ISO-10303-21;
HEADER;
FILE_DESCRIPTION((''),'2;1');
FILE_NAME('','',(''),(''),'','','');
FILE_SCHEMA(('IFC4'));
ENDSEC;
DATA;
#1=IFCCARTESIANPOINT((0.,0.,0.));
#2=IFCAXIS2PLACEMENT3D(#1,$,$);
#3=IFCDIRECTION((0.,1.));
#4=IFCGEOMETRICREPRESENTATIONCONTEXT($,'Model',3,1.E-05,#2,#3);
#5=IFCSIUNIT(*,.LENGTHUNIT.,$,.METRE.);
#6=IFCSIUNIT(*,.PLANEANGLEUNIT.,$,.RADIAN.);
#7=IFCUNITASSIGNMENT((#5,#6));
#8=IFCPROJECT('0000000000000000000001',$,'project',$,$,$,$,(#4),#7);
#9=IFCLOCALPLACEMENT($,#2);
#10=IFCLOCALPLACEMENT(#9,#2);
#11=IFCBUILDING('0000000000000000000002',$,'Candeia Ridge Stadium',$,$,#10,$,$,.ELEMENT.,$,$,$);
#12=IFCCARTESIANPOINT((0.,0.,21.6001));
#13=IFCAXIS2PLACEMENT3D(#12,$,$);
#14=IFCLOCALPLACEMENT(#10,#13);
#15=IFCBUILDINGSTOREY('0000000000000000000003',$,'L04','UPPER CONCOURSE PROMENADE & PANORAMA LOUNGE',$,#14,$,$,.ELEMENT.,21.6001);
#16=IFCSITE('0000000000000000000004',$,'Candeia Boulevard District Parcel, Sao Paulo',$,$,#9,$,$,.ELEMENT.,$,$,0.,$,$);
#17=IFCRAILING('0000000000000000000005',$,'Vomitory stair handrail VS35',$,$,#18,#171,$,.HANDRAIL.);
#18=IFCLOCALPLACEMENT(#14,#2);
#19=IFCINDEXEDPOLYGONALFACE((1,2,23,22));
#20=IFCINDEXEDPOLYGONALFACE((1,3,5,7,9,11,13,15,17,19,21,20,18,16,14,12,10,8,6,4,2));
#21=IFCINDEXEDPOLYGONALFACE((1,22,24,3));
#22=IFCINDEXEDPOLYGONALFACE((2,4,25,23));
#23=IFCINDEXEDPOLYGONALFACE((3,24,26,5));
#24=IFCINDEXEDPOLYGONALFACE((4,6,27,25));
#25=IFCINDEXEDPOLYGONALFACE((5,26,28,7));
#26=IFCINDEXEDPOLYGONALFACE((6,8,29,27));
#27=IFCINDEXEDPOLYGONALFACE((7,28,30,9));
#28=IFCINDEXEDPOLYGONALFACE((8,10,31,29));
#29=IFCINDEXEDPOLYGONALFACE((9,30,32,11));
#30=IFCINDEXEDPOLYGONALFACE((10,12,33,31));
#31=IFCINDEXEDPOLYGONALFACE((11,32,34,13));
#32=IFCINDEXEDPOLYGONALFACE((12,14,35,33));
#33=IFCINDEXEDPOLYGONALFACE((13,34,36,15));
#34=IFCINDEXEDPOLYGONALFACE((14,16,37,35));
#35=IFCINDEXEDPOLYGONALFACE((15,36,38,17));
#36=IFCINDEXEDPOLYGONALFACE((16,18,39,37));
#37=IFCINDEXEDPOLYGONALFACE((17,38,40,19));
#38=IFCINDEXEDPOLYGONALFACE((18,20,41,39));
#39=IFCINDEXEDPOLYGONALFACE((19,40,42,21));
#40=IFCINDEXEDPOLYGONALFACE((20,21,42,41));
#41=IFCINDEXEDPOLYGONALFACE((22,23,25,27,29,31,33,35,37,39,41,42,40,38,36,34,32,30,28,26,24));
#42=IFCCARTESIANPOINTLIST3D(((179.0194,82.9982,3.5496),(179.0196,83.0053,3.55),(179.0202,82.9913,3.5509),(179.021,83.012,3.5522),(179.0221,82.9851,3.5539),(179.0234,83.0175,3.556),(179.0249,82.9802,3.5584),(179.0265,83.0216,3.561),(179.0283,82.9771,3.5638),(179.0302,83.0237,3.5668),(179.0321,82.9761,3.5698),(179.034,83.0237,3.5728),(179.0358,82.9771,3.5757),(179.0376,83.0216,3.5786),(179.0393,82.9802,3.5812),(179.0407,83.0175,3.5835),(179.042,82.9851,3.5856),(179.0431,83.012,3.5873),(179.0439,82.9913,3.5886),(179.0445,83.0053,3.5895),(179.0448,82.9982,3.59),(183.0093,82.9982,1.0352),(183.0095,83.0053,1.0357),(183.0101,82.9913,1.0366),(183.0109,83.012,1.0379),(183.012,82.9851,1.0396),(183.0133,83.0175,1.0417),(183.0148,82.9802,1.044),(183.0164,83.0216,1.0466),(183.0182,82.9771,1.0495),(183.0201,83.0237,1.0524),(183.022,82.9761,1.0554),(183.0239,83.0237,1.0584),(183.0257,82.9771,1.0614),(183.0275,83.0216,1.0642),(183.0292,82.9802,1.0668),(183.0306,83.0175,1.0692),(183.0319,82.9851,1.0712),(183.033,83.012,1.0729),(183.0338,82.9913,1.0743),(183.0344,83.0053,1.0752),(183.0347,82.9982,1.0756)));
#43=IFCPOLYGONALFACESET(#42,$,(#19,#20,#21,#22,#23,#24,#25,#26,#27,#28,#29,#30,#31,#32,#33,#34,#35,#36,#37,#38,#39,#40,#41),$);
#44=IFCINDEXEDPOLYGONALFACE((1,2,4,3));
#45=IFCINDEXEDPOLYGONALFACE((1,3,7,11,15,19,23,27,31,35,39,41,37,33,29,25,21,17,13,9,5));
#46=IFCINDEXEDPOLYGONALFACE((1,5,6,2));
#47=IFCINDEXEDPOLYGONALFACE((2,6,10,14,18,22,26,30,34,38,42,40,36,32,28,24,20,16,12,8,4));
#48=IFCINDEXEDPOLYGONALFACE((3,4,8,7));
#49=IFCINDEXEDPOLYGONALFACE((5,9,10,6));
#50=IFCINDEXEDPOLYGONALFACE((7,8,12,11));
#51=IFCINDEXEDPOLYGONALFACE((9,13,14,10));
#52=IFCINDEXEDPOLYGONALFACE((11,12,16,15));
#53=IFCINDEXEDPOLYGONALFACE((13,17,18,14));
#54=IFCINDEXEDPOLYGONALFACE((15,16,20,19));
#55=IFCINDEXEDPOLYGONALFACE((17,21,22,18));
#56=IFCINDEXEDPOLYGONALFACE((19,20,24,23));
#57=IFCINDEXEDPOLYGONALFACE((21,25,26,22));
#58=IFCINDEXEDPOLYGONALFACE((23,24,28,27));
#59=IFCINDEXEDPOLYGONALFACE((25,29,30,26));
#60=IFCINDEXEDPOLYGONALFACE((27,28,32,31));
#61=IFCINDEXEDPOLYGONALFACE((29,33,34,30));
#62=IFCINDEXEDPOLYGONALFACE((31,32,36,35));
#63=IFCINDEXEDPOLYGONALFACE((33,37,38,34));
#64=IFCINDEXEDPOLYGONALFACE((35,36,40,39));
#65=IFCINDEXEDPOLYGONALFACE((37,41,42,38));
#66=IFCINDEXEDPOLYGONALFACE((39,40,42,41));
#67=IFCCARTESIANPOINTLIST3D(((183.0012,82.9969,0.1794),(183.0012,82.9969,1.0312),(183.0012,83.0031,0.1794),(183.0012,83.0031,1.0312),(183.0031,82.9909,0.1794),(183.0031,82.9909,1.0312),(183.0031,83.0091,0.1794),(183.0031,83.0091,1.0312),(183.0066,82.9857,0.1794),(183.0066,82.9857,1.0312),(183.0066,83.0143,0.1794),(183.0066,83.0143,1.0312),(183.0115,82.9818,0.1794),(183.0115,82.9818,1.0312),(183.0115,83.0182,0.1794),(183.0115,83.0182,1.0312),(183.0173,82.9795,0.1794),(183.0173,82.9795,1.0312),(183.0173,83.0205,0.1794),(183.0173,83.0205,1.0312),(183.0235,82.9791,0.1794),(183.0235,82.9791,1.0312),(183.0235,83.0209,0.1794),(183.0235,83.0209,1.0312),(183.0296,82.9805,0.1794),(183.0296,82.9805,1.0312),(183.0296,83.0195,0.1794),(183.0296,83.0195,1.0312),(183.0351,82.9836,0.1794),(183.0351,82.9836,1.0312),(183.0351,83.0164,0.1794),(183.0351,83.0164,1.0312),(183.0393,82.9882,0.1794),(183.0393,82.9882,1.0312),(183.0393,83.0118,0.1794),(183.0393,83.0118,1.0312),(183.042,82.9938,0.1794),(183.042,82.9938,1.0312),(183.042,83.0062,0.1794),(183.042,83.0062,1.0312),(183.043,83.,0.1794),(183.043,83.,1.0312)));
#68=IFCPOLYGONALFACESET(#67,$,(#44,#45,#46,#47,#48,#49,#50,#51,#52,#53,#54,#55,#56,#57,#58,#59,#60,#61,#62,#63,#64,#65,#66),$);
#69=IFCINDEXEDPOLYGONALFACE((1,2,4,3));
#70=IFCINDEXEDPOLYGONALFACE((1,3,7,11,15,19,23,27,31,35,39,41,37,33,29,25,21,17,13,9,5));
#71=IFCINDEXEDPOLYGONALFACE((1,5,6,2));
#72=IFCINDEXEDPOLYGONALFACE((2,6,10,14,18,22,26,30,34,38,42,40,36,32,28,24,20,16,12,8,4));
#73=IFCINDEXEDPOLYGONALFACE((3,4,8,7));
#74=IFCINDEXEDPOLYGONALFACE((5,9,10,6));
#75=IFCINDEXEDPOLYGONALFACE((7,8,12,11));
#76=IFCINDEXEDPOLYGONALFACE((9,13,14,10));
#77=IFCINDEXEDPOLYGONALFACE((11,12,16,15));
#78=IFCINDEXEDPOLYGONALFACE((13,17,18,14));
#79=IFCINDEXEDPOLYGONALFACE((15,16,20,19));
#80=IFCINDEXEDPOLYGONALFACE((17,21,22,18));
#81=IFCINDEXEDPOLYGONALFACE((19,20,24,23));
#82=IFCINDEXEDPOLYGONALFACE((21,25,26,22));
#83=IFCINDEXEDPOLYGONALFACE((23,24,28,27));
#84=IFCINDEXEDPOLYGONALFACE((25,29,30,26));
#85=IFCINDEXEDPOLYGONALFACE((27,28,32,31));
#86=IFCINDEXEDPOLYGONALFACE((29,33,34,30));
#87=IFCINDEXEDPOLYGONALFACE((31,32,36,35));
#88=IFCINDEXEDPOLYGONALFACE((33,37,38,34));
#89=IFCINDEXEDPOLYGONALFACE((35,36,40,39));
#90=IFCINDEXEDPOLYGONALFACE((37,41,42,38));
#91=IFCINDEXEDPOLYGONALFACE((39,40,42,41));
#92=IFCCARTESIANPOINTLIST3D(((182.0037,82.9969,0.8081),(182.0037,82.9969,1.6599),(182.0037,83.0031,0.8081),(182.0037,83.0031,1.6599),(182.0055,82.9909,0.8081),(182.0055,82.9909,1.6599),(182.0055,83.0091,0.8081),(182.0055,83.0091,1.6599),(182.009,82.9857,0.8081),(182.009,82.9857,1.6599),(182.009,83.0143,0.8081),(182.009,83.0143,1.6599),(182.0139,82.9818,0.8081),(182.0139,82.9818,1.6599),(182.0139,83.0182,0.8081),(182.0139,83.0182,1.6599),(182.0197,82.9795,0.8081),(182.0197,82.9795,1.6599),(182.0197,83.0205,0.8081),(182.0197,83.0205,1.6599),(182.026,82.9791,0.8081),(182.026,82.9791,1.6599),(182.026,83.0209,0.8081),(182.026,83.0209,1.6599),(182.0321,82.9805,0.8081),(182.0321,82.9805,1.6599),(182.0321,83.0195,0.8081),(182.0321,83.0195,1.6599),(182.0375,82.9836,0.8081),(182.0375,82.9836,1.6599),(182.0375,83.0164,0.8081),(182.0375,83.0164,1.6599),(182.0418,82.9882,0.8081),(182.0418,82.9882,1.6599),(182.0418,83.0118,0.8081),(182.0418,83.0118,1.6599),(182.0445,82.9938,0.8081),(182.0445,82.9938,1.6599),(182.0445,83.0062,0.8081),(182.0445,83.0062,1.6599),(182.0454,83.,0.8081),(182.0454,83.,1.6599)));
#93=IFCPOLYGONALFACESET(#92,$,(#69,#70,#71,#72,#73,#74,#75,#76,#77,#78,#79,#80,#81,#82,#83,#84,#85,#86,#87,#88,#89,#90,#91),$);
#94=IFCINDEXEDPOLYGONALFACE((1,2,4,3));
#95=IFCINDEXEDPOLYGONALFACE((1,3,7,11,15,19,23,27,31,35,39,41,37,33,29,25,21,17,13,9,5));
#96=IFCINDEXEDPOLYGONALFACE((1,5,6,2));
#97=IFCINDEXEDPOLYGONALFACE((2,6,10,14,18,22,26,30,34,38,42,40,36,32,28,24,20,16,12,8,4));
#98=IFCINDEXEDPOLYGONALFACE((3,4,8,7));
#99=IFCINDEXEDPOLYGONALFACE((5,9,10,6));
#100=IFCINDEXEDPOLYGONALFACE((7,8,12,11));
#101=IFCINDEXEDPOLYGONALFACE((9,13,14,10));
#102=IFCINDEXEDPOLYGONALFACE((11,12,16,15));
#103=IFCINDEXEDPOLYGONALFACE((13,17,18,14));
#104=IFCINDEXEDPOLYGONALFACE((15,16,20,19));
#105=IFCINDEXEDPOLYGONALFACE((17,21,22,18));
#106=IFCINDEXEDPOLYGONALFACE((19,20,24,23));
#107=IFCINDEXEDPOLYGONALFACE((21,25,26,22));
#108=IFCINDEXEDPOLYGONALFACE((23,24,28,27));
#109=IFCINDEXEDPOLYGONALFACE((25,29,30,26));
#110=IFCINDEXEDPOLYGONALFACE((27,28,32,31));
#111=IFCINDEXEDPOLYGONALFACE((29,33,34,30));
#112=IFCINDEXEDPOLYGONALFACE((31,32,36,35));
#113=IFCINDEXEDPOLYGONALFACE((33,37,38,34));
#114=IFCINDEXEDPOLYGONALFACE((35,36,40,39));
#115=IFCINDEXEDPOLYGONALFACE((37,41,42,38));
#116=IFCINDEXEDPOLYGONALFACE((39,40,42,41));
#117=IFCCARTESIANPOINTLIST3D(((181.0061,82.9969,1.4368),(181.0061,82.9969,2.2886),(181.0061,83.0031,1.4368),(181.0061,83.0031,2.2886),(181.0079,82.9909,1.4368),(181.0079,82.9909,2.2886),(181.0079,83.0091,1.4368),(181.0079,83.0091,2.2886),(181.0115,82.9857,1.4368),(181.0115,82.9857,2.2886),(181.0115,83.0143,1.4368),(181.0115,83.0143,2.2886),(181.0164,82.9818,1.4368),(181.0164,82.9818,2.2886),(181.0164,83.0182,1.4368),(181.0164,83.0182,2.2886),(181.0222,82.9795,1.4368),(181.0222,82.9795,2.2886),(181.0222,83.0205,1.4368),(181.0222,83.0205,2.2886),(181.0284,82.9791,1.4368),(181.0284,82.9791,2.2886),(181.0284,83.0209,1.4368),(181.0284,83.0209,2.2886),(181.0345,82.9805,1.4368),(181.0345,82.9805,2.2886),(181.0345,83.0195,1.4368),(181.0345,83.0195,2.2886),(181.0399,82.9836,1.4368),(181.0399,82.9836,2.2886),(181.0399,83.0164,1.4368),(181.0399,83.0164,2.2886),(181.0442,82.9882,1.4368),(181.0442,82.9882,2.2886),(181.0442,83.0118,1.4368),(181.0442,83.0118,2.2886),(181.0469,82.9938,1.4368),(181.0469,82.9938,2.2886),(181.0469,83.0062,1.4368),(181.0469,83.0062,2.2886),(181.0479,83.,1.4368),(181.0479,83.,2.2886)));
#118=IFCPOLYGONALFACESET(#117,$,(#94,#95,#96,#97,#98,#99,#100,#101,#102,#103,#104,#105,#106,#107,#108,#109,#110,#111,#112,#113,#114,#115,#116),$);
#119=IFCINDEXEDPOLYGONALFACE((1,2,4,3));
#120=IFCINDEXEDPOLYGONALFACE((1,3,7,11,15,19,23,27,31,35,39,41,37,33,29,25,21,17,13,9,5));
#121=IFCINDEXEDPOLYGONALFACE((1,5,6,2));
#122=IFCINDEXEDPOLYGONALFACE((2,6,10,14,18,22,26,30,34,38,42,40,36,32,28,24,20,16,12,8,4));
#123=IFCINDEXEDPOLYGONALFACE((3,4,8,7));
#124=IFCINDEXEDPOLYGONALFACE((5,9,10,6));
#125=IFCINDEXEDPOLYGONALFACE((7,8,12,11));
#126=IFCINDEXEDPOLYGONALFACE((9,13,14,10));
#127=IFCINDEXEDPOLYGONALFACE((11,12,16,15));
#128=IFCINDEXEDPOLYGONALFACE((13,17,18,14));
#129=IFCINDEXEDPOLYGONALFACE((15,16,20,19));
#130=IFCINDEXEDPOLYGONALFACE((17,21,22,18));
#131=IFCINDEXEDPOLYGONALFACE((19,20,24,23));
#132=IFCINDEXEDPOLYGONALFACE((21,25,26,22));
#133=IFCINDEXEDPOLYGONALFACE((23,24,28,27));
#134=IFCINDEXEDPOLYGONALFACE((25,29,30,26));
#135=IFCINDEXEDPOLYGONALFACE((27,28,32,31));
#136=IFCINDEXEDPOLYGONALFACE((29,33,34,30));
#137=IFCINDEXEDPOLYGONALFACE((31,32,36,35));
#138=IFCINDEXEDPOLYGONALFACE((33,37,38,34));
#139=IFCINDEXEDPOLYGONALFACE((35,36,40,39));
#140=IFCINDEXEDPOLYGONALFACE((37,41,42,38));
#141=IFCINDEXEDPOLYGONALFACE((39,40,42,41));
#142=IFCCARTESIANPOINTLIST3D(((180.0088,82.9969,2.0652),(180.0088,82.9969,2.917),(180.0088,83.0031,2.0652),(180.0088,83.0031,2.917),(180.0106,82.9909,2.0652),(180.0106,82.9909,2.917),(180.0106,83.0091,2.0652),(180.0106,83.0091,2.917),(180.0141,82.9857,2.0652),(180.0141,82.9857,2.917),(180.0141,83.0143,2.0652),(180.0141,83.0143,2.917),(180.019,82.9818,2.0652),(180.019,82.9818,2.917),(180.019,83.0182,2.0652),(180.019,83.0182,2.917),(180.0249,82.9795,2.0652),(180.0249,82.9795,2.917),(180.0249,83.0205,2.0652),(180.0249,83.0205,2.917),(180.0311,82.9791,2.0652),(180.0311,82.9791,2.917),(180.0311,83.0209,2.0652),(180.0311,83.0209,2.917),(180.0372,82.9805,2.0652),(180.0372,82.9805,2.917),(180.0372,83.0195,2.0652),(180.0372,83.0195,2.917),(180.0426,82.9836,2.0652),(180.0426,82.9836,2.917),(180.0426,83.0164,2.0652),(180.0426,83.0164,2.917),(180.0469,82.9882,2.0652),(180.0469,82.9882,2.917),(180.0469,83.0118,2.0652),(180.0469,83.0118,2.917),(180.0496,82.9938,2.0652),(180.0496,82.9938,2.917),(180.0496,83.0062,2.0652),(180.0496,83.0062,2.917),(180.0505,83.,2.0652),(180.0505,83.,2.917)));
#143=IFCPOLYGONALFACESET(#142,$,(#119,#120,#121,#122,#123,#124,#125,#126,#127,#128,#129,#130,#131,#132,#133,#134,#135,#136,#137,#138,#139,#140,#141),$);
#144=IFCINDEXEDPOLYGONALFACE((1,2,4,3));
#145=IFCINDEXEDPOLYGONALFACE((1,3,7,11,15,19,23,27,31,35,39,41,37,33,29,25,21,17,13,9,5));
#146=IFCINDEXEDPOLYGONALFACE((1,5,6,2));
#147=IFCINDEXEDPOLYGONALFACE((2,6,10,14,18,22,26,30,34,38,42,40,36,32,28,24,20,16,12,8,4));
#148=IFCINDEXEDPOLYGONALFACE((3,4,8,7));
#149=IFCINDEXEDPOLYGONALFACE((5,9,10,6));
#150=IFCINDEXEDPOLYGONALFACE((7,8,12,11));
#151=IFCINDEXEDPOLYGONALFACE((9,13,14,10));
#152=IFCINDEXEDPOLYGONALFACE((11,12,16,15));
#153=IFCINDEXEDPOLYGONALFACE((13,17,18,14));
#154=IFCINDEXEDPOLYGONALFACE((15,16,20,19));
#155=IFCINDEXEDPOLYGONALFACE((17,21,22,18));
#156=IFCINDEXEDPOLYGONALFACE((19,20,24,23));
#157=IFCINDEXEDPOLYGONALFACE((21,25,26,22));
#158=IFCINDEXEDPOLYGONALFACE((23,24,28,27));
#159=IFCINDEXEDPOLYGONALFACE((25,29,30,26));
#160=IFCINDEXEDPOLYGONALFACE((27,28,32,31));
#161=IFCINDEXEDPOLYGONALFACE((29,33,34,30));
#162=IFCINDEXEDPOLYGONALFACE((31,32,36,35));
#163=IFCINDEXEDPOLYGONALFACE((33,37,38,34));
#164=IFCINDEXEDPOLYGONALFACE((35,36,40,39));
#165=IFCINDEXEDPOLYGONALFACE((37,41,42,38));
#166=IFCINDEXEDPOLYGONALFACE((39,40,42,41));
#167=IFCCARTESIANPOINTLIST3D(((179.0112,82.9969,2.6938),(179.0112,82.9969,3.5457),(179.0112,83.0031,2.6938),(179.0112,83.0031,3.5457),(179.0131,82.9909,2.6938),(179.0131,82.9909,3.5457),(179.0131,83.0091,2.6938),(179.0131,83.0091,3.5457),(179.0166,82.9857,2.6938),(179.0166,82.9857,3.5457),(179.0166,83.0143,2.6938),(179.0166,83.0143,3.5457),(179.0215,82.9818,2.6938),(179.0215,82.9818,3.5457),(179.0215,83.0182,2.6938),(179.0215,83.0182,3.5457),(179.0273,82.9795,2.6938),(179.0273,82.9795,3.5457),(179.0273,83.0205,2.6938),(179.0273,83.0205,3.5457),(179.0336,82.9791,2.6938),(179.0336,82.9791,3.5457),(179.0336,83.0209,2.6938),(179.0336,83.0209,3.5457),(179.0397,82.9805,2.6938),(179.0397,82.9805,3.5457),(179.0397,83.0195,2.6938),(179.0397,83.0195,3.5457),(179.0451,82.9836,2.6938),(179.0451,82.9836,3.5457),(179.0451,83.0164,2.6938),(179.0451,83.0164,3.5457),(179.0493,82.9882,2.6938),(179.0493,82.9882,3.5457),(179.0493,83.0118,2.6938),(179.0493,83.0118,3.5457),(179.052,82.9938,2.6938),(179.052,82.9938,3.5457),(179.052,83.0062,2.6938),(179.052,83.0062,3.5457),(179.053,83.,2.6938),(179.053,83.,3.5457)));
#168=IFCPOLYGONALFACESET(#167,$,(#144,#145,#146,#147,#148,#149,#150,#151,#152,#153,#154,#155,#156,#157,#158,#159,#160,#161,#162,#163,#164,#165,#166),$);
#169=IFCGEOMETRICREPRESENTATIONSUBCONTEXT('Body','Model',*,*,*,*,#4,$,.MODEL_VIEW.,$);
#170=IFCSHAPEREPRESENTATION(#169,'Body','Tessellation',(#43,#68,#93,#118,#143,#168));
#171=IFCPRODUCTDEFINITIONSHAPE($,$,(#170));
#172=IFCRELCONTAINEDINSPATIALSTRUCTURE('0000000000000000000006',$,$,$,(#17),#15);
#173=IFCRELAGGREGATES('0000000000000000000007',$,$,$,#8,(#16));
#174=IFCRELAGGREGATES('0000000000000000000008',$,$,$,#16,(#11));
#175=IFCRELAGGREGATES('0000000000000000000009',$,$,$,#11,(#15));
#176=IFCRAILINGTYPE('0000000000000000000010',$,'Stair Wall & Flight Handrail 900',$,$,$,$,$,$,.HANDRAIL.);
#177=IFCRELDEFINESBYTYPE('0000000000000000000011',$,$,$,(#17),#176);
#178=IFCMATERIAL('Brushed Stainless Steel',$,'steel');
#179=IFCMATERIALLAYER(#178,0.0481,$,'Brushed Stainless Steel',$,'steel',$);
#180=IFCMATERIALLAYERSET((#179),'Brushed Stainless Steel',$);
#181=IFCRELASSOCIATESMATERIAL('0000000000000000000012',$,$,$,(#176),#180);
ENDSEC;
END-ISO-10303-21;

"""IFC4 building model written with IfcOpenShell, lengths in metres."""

from ifc_helpers import new_model, si_unit, direction, frame, origin, origin_2d, place, context, subcontext, project, spatial, circle, extrude, material, layer, layer_set, type_object, element, save


model = new_model("IFC4")

# Units and contexts
model_context = context("Model", 3, precision=1e-05, world=origin(), true_north=direction((0.0, 1.0)))
body_context = subcontext(model_context, "Body", "Model", "MODEL_VIEW")
ifc_project = project(units=[si_unit("LENGTHUNIT", "METRE"), si_unit("PLANEANGLEUNIT", "RADIAN")], contexts=[model_context])

# Site, building, storey
site_placement = place(None, origin())
site = spatial("IfcSite", under=ifc_project, at=site_placement, Name="Candeia Boulevard District Parcel, Sao Paulo", CompositionType="ELEMENT", RefElevation=0.0)
building_placement = place(site_placement, origin())
building = spatial("IfcBuilding", under=site, at=building_placement, Name="Candeia Ridge Stadium", CompositionType="ELEMENT")
storey_placement = place(building_placement, frame((0.0, 0.0, 21.6001)))
storey = spatial("IfcBuildingStorey", under=building, at=storey_placement, Name="L04", Description="UPPER CONCOURSE PROMENADE & PANORAMA LOUNGE", CompositionType="ELEMENT", Elevation=21.6001)

# Railing
ifc_material_1 = material(Name="Brushed Stainless Steel", Category="steel")
ifc_layer_1 = layer(ifc_material_1, 0.0481, Name="Brushed Stainless Steel", Category="steel")
ifc_layer_set_1 = layer_set([ifc_layer_1], Name="Brushed Stainless Steel")
railing_type_1 = type_object("IfcRailingType", Name="Stair Wall & Flight Handrail 900", PredefinedType="HANDRAIL", material=ifc_layer_set_1)
railing_1_placement = place(storey_placement, frame((183.022, 83.0, 0.1794)))
element("IfcRailing", 1, at=railing_1_placement, inside=storey, type_object=railing_type_1, Name="Vomitory stair handrail VS35", PredefinedType="HANDRAIL", context=body_context, shape_type="SweptSolid", body=[
    extrude(circle(Radius=0.0239, at=origin_2d()), frame((0.0, 0.0, 0.876), z_axis=(-0.846024, 0.0, 0.533145), x_axis=(0.0, -1.0, 0.0)), (0.0, 0.0, 1.0), 4.7161),
    extrude(circle(Radius=0.021, at=origin_2d()), origin(), (0.0, 0.0, 1.0), 0.8518),
    extrude(circle(Radius=0.021, at=origin_2d()), frame((-0.9976, 0.0, 0.6287)), (0.0, 0.0, 1.0), 0.8518),
    extrude(circle(Radius=0.021, at=origin_2d()), frame((-1.9951, 0.0, 1.2573)), (0.0, 0.0, 1.0), 0.8518),
    extrude(circle(Radius=0.021, at=origin_2d()), frame((-2.9924, 0.0, 1.8857)), (0.0, 0.0, 1.0), 0.8518),
    extrude(circle(Radius=0.021, at=origin_2d()), frame((-3.99, 0.0, 2.5144)), (0.0, 0.0, 1.0), 0.8518),
])

save(model, "model.ifc")
